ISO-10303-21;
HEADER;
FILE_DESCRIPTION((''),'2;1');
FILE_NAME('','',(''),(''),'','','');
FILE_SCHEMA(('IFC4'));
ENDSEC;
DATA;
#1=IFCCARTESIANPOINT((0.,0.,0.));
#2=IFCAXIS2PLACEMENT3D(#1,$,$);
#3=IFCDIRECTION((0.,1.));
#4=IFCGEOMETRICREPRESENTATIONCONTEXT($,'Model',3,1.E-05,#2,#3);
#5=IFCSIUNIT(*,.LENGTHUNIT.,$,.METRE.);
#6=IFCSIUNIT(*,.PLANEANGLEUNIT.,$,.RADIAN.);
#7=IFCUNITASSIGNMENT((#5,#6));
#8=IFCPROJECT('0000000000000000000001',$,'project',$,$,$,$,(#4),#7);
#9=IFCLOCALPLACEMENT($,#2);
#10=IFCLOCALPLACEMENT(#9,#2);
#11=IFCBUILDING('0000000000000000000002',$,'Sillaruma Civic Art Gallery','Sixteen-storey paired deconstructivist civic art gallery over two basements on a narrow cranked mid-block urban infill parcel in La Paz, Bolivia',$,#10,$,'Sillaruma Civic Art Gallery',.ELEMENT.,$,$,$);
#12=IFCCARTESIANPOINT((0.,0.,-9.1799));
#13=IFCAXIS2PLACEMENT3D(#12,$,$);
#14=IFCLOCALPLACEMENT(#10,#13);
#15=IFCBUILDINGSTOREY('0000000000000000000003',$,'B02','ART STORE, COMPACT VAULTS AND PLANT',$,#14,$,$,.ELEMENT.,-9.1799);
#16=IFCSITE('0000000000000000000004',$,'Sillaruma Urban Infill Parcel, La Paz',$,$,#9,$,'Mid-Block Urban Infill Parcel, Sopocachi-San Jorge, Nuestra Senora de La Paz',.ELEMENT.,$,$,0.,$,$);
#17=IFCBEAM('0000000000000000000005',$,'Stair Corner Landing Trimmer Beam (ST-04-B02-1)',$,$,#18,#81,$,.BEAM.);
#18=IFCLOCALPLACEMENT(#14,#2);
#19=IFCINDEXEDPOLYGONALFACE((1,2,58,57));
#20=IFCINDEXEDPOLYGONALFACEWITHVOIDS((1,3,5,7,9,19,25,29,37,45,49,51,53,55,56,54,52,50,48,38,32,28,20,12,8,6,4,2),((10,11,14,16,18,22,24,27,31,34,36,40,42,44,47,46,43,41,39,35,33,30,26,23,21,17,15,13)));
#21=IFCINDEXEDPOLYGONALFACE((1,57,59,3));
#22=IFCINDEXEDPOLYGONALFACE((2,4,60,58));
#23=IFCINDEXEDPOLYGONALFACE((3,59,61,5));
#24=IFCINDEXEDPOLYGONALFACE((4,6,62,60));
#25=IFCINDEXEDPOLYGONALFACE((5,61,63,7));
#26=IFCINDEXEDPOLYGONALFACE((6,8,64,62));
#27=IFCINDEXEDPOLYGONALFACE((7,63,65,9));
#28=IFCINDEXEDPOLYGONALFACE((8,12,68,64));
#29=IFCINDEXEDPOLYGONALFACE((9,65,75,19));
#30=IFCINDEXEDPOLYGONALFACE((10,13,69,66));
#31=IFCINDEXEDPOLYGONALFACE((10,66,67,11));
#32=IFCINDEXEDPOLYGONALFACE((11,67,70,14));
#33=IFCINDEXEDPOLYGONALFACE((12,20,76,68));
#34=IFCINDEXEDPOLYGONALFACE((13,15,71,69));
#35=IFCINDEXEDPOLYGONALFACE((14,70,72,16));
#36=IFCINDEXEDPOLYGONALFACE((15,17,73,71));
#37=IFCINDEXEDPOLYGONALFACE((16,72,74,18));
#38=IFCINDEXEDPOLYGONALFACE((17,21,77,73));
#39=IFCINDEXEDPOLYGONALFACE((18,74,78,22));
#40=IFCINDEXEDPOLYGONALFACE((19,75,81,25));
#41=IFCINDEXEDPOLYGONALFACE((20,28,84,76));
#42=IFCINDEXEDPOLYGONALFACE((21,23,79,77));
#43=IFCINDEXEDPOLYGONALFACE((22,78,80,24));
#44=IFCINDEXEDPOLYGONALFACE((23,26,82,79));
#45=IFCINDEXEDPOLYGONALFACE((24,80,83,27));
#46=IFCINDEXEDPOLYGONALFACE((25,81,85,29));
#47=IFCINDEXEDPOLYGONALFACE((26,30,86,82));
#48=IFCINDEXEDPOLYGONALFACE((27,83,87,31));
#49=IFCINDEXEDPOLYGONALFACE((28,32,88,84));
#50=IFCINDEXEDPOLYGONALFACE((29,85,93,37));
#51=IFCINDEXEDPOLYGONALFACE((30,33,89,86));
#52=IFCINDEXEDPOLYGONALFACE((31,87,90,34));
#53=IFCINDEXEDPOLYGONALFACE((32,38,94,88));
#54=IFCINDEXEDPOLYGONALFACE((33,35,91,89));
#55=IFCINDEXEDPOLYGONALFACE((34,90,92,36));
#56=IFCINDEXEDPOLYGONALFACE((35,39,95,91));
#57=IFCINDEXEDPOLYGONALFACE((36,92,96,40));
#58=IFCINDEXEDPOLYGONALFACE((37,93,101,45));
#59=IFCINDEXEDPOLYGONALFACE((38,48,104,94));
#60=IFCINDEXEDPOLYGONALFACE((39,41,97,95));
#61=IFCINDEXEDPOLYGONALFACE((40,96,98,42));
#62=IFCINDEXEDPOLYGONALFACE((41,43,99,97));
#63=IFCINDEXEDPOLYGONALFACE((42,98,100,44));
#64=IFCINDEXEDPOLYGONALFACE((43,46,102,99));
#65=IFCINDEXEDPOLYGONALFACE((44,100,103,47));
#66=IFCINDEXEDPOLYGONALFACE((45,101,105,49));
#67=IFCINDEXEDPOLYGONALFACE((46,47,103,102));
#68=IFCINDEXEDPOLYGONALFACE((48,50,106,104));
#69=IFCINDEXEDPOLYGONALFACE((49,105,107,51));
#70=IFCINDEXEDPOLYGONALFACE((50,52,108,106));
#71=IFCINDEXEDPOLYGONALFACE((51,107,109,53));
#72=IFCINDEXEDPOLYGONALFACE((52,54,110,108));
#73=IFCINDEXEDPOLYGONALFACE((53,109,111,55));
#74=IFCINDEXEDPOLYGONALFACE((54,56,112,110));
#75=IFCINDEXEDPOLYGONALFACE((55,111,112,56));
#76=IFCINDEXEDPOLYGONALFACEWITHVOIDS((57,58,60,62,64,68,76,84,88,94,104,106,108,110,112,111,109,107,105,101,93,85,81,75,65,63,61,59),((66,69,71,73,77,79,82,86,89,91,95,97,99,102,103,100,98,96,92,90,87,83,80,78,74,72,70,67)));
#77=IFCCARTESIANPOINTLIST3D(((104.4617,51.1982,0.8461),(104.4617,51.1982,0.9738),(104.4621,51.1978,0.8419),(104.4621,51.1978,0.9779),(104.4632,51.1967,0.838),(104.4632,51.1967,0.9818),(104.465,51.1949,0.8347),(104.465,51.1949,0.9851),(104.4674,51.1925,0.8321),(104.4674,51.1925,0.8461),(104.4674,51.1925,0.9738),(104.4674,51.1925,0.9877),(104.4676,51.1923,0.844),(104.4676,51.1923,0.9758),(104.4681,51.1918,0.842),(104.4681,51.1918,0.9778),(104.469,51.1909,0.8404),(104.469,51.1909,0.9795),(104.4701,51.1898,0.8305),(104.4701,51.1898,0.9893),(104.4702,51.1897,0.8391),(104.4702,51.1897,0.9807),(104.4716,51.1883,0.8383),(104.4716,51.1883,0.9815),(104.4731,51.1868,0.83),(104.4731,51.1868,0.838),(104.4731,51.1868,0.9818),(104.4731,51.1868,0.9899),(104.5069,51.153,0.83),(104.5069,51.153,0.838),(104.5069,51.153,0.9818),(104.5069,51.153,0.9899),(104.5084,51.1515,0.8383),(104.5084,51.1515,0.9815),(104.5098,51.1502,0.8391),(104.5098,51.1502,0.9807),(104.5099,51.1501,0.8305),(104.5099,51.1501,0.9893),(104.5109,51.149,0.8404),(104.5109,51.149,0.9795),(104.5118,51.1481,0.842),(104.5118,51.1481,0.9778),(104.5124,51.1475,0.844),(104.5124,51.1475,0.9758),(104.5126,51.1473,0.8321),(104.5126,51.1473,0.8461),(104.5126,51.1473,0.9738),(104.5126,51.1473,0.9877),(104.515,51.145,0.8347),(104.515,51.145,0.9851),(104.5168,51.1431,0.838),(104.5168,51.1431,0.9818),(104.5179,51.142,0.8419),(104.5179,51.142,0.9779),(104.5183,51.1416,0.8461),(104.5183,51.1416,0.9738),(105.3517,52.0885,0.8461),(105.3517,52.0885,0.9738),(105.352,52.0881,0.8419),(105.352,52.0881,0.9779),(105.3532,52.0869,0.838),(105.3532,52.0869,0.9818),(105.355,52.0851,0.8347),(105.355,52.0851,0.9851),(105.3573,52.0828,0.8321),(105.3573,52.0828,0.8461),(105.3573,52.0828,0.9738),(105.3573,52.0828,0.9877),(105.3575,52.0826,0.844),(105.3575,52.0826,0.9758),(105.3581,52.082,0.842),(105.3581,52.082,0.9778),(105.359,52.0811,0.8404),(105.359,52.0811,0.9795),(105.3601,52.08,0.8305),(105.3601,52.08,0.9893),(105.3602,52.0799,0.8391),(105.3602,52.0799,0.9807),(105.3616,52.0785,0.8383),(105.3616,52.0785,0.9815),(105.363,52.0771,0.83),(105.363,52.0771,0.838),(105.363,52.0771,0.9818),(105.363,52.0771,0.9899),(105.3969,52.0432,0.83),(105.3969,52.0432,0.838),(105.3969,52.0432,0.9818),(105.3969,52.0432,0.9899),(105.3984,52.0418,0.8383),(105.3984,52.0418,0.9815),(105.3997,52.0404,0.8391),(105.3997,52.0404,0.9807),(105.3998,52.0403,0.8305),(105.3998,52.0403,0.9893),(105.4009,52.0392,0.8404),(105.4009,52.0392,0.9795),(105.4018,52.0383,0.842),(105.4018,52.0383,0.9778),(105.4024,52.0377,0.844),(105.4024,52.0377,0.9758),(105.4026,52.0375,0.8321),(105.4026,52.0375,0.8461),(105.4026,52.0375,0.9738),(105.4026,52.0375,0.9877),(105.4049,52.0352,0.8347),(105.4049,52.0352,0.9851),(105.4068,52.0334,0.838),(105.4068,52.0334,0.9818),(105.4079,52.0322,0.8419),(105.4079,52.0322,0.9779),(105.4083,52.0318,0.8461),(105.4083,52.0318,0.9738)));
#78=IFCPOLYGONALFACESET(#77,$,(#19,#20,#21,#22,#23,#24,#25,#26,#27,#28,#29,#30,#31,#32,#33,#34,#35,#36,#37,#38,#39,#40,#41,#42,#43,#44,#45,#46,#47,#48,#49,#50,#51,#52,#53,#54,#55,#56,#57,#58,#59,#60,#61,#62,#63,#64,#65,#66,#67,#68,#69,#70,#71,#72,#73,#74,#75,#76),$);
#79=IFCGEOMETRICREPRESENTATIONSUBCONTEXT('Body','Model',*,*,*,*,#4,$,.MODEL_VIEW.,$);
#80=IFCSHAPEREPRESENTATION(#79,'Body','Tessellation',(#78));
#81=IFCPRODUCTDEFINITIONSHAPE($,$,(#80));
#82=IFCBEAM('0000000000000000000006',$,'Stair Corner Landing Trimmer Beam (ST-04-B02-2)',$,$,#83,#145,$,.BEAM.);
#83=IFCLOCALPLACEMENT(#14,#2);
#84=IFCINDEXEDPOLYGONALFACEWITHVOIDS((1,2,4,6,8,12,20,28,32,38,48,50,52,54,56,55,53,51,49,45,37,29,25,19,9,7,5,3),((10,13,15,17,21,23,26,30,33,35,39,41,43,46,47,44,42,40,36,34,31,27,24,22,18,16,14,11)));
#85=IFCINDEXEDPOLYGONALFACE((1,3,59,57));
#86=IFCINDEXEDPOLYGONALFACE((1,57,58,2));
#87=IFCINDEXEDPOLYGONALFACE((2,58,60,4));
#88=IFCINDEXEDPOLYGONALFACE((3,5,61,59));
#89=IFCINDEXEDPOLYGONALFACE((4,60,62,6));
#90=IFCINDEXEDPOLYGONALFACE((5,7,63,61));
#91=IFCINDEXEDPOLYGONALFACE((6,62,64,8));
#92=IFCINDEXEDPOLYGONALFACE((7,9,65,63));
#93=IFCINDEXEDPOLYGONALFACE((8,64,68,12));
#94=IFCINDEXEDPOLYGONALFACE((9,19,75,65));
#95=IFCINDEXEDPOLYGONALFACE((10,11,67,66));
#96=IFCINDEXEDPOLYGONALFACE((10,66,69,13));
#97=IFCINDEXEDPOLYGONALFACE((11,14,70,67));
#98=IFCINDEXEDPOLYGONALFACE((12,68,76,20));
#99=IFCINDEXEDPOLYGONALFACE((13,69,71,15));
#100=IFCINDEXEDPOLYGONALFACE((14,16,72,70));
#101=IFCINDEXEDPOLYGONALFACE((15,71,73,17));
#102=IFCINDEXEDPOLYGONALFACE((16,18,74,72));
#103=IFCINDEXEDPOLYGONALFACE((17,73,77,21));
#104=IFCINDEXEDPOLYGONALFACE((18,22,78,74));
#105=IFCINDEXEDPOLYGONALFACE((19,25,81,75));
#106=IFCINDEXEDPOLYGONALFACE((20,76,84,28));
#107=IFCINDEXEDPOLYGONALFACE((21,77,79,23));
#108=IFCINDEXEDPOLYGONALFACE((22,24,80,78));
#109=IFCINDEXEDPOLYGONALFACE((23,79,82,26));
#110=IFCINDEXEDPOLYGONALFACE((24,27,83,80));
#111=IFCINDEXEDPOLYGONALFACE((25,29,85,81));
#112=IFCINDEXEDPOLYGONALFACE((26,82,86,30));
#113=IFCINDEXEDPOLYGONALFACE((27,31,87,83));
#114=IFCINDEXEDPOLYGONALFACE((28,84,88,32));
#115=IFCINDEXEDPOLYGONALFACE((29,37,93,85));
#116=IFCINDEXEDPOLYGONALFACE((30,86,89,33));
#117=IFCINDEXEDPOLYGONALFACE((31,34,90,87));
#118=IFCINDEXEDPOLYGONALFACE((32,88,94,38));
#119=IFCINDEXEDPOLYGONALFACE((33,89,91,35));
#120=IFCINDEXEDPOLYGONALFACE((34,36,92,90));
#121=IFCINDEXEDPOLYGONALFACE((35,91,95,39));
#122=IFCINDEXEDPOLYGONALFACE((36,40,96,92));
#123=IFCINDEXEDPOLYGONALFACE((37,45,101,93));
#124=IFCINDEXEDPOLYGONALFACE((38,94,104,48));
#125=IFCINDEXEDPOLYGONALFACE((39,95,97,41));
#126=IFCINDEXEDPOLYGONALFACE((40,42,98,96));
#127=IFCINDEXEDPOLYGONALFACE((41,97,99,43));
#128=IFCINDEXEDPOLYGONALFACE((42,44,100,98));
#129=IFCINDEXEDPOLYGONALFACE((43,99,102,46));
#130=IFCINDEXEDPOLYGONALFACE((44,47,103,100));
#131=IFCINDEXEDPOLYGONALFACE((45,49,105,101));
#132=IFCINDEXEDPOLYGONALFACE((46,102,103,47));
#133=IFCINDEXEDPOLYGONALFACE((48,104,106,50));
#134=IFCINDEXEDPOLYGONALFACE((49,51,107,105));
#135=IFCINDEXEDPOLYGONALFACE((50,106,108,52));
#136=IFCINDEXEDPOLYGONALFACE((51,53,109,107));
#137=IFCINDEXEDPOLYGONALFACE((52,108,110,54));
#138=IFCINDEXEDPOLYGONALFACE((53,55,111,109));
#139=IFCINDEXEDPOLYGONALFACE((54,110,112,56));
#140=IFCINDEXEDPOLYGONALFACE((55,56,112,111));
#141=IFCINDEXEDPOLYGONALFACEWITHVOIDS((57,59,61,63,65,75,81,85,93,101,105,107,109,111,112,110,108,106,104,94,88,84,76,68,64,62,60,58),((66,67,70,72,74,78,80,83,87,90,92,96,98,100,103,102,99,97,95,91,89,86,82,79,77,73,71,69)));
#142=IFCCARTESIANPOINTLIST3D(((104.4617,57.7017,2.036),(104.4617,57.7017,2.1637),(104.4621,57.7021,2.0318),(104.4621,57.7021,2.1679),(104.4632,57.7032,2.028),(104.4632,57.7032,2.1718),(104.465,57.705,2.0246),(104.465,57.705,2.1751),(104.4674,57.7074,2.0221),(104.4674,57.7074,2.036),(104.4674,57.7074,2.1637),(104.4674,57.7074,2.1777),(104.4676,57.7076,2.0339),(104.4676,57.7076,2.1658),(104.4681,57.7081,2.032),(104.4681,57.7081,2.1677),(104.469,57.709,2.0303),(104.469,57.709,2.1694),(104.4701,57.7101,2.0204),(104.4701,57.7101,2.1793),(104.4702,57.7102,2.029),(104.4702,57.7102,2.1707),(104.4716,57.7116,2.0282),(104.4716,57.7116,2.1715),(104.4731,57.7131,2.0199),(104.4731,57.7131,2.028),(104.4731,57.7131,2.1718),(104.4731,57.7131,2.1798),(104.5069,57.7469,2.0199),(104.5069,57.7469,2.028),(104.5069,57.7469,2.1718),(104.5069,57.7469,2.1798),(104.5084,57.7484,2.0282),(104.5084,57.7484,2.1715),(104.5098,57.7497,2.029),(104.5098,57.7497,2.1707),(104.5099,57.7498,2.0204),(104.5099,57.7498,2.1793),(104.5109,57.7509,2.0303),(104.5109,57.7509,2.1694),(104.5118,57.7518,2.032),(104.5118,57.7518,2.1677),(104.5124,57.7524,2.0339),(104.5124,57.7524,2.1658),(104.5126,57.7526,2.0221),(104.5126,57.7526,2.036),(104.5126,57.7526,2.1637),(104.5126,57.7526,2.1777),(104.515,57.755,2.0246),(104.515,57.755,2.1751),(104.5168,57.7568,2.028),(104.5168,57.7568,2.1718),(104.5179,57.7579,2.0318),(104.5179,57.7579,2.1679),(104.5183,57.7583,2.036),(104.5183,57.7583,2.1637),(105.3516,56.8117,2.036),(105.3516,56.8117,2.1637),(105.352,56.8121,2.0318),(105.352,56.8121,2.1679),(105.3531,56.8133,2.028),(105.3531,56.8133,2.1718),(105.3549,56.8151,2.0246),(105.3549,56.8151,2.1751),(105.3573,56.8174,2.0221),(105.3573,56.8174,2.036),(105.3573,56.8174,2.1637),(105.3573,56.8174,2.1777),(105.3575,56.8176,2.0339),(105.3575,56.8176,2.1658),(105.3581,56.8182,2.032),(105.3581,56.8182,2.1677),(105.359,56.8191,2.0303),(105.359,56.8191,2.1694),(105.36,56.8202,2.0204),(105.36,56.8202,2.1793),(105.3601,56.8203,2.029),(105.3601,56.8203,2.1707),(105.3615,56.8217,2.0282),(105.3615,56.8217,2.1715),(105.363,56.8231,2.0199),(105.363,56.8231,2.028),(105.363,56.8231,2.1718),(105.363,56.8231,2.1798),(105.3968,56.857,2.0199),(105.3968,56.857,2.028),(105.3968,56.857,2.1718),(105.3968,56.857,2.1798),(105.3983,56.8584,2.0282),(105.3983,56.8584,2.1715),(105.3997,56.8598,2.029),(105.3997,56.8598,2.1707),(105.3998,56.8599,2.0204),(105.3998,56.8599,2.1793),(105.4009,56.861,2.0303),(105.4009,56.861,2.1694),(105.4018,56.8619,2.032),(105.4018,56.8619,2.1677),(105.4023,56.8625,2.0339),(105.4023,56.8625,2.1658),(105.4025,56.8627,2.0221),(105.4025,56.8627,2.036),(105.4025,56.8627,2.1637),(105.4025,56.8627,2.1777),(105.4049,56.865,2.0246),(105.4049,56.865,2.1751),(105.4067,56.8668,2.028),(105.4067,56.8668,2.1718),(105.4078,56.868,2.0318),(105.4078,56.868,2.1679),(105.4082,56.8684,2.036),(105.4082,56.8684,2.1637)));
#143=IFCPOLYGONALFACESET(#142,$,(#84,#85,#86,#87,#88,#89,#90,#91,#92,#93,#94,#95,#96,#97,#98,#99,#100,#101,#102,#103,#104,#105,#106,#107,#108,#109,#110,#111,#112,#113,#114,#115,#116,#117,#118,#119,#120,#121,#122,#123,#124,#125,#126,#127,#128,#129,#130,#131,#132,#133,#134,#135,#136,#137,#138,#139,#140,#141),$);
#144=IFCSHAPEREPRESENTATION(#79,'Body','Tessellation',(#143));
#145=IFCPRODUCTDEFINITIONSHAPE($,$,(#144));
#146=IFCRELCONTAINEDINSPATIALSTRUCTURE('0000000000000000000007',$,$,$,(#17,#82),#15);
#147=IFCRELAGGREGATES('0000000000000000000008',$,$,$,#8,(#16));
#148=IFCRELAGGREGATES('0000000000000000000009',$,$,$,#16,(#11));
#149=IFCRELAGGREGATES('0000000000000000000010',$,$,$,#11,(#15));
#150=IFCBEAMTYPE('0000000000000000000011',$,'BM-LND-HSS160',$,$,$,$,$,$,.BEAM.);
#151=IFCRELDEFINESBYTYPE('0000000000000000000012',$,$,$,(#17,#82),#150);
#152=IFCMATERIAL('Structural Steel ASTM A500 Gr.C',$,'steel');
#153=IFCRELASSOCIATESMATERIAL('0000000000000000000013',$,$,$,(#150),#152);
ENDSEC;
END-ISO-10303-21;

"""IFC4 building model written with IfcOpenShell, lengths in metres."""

from ifc_helpers import new_model, si_unit, direction, frame, origin, origin_2d, place, context, subcontext, project, spatial, hollow_rectangle, extrude, material, material_profile, profile_set, type_object, element, save


model = new_model("IFC4")

# Units and contexts
model_context = context("Model", 3, precision=1e-05, world=origin(), true_north=direction((0.0, 1.0)))
body_context = subcontext(model_context, "Body", "Model", "MODEL_VIEW")
ifc_project = project(units=[si_unit("LENGTHUNIT", "METRE"), si_unit("PLANEANGLEUNIT", "RADIAN")], contexts=[model_context])

# Site, building, storey
site_placement = place(None, origin())
site = spatial("IfcSite", under=ifc_project, at=site_placement, Name="Sillaruma Urban Infill Parcel, La Paz", LongName="Mid-Block Urban Infill Parcel, Sopocachi-San Jorge, Nuestra Senora de La Paz", CompositionType="ELEMENT", RefElevation=0.0)
building_placement = place(site_placement, origin())
building = spatial("IfcBuilding", under=site, at=building_placement, Name="Sillaruma Civic Art Gallery", Description="Sixteen-storey paired deconstructivist civic art gallery over two basements on a narrow cranked mid-block urban infill parcel in La Paz, Bolivia", LongName="Sillaruma Civic Art Gallery", CompositionType="ELEMENT")
storey_placement = place(building_placement, frame((0.0, 0.0, -9.1799)))
storey = spatial("IfcBuildingStorey", under=building, at=storey_placement, Name="B02", Description="ART STORE, COMPACT VAULTS AND PLANT", CompositionType="ELEMENT", Elevation=-9.1799)

# Beams
ifc_material_1 = material(Name="Structural Steel ASTM A500 Gr.C", Category="steel")
ifc_material_profile_1 = material_profile(ifc_material_1, hollow_rectangle(XDim=0.0801, YDim=0.1599, WallThickness=0.0081, InnerFilletRadius=0.0081, OuterFilletRadius=0.0161, at=origin_2d()), Name="HSS160x80x8")
ifc_profile_set_1 = profile_set([ifc_material_profile_1], Name="Structural Steel ASTM A500 Gr.C")
beam_type = type_object("IfcBeamType", Name="BM-LND-HSS160", PredefinedType="BEAM", material=ifc_profile_set_1)
beam_placement = place(storey_placement, frame((104.49, 51.1699, 0.9099), z_axis=(0.70701, 0.707204, 0.0), x_axis=(-0.707204, 0.70701, 0.0)))
element("IfcBeam", 1, at=beam_placement, inside=storey, type_object=beam_type, Name="Stair Corner Landing Trimmer Beam (ST-04-B02-1)", PredefinedType="BEAM", context=body_context, shape_type="SweptSolid", body=[
    extrude(hollow_rectangle(XDim=0.0801, YDim=0.1599, WallThickness=0.0081, InnerFilletRadius=0.0081, OuterFilletRadius=0.0161, at=origin_2d()), origin(), (0.0, 0.0, 1.0), 1.2588),
])
for number, where, z_axis, x_axis, name in (
    (2, (104.49, 57.73, 2.0999), (0.707107, -0.707107, 0.0), (0.707107, 0.707107, 0.0), "Stair Corner Landing Trimmer Beam (ST-04-B02-2)"),
):
    element("IfcBeam", number, at=place(storey_placement, frame(where, z_axis=z_axis, x_axis=x_axis)), inside=storey, type_object=beam_type, Name=name, PredefinedType="BEAM", context=body_context, shape_type="SweptSolid", body=[
        extrude(hollow_rectangle(XDim=0.0801, YDim=0.1599, WallThickness=0.0081, InnerFilletRadius=0.0081, OuterFilletRadius=0.0161, at=origin_2d()), origin(), (0.0, 0.0, 1.0), 1.2585),
    ])

save(model, "model.ifc")
